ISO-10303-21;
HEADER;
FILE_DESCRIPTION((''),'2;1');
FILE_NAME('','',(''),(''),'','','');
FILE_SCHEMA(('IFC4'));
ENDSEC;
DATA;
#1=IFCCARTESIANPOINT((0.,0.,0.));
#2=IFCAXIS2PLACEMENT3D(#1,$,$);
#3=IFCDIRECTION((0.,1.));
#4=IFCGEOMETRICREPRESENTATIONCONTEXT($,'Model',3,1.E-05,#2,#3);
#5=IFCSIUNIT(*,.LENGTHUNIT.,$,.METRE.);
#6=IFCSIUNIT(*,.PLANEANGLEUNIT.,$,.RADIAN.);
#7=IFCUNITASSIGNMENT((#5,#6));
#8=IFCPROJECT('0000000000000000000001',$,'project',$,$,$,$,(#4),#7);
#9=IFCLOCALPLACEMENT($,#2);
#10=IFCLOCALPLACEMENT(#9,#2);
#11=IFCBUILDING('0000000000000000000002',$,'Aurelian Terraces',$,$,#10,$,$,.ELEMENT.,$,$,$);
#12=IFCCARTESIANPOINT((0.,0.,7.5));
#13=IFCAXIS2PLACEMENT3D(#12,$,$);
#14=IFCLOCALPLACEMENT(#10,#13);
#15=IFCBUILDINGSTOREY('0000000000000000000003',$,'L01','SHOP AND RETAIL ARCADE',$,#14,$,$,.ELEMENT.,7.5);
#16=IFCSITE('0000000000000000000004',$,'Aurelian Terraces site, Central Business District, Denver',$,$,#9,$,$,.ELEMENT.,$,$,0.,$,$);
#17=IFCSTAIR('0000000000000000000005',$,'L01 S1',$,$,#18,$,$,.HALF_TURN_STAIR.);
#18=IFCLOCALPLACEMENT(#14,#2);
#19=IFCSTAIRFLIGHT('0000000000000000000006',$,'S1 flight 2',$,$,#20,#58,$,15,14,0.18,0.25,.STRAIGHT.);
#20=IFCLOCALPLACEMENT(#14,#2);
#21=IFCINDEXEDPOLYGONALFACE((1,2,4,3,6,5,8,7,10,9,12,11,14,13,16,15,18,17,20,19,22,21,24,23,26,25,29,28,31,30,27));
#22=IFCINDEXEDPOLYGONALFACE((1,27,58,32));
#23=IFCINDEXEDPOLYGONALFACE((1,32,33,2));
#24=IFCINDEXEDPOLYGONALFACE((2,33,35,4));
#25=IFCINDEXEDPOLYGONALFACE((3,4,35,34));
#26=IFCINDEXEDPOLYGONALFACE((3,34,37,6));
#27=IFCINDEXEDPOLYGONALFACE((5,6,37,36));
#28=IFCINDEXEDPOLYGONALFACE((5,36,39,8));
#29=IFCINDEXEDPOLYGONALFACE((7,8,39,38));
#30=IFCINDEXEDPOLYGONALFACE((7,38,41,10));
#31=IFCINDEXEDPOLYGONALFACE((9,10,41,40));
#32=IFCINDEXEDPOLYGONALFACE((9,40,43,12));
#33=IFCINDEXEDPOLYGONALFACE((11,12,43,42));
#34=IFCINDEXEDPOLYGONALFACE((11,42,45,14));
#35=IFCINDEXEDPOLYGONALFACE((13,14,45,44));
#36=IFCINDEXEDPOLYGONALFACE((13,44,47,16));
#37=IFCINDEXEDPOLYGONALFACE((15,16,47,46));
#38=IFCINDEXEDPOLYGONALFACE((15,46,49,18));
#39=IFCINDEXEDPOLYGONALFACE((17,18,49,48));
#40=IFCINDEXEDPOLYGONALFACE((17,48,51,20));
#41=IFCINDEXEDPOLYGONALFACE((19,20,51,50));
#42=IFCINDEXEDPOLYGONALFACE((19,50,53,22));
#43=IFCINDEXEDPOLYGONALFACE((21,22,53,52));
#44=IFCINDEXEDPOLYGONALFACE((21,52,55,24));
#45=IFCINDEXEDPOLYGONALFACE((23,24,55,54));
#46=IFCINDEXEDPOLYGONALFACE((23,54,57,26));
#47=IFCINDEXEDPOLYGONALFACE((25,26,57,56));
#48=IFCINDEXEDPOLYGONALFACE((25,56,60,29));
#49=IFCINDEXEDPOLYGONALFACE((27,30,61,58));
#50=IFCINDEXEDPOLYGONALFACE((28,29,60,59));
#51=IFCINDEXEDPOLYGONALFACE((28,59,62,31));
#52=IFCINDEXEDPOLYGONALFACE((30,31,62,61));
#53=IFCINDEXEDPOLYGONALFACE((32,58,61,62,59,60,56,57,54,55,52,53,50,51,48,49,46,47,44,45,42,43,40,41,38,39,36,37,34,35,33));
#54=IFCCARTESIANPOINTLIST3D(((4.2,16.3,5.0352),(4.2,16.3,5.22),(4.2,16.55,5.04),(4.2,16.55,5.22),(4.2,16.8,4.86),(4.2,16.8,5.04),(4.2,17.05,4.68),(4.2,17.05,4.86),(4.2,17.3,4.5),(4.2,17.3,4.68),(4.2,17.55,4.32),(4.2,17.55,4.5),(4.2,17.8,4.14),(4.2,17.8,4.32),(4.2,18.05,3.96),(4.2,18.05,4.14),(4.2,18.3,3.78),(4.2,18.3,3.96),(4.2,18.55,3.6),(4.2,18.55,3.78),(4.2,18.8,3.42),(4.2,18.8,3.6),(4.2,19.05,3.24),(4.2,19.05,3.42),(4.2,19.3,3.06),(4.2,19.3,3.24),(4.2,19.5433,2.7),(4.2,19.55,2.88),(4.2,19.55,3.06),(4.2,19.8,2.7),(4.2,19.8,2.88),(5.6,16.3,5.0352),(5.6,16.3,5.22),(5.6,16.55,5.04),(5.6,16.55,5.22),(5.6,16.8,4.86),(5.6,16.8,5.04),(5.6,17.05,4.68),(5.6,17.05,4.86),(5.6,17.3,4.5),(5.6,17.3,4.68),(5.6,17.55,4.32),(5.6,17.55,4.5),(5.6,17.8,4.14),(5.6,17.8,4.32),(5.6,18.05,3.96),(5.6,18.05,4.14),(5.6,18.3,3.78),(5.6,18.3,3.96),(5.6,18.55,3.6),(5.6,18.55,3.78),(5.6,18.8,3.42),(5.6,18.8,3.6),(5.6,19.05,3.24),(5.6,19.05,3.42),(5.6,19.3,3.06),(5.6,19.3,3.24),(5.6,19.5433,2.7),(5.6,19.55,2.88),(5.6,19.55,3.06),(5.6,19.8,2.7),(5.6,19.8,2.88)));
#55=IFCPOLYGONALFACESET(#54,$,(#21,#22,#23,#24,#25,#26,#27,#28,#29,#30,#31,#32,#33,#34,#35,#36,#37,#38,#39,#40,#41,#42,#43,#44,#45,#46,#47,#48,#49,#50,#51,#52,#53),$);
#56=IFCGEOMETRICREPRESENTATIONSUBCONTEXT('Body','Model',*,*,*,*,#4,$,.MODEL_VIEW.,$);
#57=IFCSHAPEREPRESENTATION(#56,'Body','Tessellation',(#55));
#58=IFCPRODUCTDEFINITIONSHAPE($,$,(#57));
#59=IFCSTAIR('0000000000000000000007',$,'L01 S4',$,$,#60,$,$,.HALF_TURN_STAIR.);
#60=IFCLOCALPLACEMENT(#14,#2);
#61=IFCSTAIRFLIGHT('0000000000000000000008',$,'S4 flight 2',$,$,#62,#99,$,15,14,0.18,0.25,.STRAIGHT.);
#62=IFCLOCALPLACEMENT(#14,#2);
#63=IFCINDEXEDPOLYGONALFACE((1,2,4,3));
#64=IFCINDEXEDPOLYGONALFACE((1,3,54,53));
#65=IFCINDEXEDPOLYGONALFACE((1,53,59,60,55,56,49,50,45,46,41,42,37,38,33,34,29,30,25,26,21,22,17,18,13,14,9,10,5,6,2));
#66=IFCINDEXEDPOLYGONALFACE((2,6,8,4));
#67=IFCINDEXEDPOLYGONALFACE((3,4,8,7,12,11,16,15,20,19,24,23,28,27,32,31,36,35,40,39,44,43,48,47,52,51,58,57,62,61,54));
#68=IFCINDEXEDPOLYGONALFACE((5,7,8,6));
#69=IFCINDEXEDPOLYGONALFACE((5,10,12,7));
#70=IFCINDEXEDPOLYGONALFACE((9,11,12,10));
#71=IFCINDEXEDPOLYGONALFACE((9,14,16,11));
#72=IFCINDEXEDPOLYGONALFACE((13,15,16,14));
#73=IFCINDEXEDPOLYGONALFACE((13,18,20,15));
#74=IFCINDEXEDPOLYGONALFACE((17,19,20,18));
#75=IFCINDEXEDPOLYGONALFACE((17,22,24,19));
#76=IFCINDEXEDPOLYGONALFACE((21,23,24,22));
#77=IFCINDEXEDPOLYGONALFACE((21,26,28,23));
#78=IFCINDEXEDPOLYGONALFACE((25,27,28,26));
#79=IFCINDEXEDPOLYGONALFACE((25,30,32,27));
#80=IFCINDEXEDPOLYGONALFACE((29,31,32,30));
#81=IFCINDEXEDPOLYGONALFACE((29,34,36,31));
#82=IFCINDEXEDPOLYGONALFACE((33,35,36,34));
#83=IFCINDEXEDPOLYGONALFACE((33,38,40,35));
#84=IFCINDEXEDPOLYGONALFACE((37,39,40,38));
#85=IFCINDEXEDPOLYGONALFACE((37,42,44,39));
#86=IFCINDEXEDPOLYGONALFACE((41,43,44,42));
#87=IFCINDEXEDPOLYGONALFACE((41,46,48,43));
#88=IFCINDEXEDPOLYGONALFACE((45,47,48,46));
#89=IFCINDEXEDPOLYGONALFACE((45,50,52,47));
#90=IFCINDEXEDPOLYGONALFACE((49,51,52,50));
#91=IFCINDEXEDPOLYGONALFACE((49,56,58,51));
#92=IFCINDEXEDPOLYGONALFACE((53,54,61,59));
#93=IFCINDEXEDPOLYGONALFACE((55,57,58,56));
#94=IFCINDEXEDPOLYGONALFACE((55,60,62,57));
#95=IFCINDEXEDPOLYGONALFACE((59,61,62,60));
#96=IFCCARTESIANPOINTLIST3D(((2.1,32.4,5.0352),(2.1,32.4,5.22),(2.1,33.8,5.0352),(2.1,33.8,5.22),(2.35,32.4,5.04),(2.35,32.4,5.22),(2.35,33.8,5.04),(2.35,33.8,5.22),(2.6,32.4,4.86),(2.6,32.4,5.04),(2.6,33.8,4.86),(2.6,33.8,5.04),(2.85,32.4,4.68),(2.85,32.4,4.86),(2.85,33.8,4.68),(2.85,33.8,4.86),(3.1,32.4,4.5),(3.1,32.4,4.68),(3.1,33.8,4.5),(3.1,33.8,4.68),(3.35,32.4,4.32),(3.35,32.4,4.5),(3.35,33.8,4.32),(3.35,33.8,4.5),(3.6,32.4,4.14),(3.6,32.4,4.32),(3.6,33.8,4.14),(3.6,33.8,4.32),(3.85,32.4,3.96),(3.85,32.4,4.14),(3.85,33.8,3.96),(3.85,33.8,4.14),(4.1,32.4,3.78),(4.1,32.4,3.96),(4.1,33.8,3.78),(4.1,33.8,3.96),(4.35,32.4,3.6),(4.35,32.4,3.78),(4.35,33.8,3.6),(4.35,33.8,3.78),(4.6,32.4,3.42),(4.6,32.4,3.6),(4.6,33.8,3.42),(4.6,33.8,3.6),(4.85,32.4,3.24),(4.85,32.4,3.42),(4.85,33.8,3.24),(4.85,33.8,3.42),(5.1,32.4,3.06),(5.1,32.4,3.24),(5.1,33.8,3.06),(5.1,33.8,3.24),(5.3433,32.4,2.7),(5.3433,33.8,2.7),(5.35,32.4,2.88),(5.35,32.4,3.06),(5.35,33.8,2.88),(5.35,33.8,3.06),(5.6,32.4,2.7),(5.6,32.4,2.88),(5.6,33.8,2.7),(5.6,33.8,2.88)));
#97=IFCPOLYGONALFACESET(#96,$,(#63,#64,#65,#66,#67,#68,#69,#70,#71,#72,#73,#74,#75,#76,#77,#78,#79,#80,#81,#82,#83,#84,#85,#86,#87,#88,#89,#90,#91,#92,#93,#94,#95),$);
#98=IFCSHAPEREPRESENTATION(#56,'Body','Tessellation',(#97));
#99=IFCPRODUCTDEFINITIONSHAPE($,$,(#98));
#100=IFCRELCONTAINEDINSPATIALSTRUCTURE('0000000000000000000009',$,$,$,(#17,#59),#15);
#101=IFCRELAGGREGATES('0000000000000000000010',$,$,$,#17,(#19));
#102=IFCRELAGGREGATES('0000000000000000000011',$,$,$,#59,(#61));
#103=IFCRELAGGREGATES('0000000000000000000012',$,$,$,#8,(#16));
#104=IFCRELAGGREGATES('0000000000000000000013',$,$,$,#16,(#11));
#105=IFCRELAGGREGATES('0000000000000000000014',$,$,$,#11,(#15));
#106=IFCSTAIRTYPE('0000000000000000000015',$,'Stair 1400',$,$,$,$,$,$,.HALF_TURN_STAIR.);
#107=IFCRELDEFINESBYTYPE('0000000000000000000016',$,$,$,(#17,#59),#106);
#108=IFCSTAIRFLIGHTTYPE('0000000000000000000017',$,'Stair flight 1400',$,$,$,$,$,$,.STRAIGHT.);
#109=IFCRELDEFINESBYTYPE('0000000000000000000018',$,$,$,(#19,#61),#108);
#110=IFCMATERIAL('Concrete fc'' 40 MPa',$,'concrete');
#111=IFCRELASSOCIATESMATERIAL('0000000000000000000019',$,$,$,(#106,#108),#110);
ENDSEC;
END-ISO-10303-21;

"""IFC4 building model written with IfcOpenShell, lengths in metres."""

from ifc_helpers import new_model, si_unit, direction, frame, origin, place, context, subcontext, project, spatial, polyline, outline, extrude, source, transform, mapped, material, type_object, element, aggregate, save


model = new_model("IFC4")

# Units and contexts
model_context = context("Model", 3, precision=1e-05, world=origin(), true_north=direction((0.0, 1.0)))
body_context = subcontext(model_context, "Body", "Model", "MODEL_VIEW")
ifc_project = project(units=[si_unit("LENGTHUNIT", "METRE"), si_unit("PLANEANGLEUNIT", "RADIAN")], contexts=[model_context])

# Site, building, storey
site_placement = place(None, origin())
site = spatial("IfcSite", under=ifc_project, at=site_placement, Name="Aurelian Terraces site, Central Business District, Denver", CompositionType="ELEMENT", RefElevation=0.0)
building_placement = place(site_placement, origin())
building = spatial("IfcBuilding", under=site, at=building_placement, Name="Aurelian Terraces", CompositionType="ELEMENT")
storey_placement = place(building_placement, frame((0.0, 0.0, 7.5)))
storey = spatial("IfcBuildingStorey", under=building, at=storey_placement, Name="L01", Description="SHOP AND RETAIL ARCADE", CompositionType="ELEMENT", Elevation=7.5)

# Shared definitions
ifc_material_1 = material(Name="Concrete fc' 40 MPa", Category="concrete")

# Stairs, stair flights
stair_type = type_object("IfcStairType", Name="Stair 1400", PredefinedType="HALF_TURN_STAIR", material=ifc_material_1)
stair_1_placement = place(storey_placement, origin())
stair_1 = element("IfcStair", 1, at=stair_1_placement, inside=storey, type_object=stair_type, Name="L01 S1", PredefinedType="HALF_TURN_STAIR")
stair_flight_type = type_object("IfcStairFlightType", Name="Stair flight 1400", PredefinedType="STRAIGHT", material=ifc_material_1)
shared_shape_1 = source(origin(), body_context, "Body", "SweptSolid", [
    extrude(outline(polyline([(0.0, 0.0), (0.0, 0.18), (0.25, 0.18), (0.25, 0.36), (0.5, 0.36), (0.5, 0.54), (0.75, 0.54), (0.75, 0.72), (1.0, 0.72), (1.0, 0.9), (1.25, 0.9), (1.25, 1.08), (1.5, 1.08), (1.5, 1.26), (1.75, 1.26), (1.75, 1.44), (2.0, 1.44), (2.0, 1.62), (2.25, 1.62), (2.25, 1.8), (2.5, 1.8), (2.5, 1.98), (2.75, 1.98), (2.75, 2.16), (3.0, 2.16), (3.0, 2.34), (3.25, 2.34), (3.25, 2.52), (3.5, 2.52), (3.5, 2.7), (3.5, 2.3352), (0.2567, 0.0), (0.0, 0.0)])), frame((0.0, 0.7, 0.0), z_axis=(0.0, -1.0, 0.0), x_axis=(1.0, 0.0, 0.0)), (0.0, 0.0, 1.0), 1.4),
])
stair_flight_1_placement = place(storey_placement, frame((4.9, 19.8, 2.7), z_axis=(0.0, 0.0, 1.0), x_axis=(0.0, -1.0, 0.0)))
stair_flight_1 = element("IfcStairFlight", 2, at=stair_flight_1_placement, type_object=stair_flight_type, Name="S1 flight 2", NumberOfRisers=15, NumberOfTreads=14, PredefinedType="STRAIGHT", RiserHeight=0.18, TreadLength=0.25, context=body_context, shape_type="MappedRepresentation", body=[
    mapped(shared_shape_1, transform((0.0, 0.0, 0.0), scale=1.0)),
])
aggregate(stair_1, [stair_flight_1])
stair_2_placement = place(storey_placement, origin())
stair_2 = element("IfcStair", 3, at=stair_2_placement, inside=storey, type_object=stair_type, Name="L01 S4", PredefinedType="HALF_TURN_STAIR")
stair_flight_2_placement = place(storey_placement, frame((5.6, 33.1, 2.7), z_axis=(0.0, 0.0, 1.0), x_axis=(-1.0, 0.0, 0.0)))
stair_flight_2 = element("IfcStairFlight", 4, at=stair_flight_2_placement, type_object=stair_flight_type, Name="S4 flight 2", NumberOfRisers=15, NumberOfTreads=14, PredefinedType="STRAIGHT", RiserHeight=0.18, TreadLength=0.25, context=body_context, shape_type="MappedRepresentation", body=[
    mapped(shared_shape_1, transform((0.0, 0.0, 0.0), scale=1.0)),
])
aggregate(stair_2, [stair_flight_2])

save(model, "model.ifc")
